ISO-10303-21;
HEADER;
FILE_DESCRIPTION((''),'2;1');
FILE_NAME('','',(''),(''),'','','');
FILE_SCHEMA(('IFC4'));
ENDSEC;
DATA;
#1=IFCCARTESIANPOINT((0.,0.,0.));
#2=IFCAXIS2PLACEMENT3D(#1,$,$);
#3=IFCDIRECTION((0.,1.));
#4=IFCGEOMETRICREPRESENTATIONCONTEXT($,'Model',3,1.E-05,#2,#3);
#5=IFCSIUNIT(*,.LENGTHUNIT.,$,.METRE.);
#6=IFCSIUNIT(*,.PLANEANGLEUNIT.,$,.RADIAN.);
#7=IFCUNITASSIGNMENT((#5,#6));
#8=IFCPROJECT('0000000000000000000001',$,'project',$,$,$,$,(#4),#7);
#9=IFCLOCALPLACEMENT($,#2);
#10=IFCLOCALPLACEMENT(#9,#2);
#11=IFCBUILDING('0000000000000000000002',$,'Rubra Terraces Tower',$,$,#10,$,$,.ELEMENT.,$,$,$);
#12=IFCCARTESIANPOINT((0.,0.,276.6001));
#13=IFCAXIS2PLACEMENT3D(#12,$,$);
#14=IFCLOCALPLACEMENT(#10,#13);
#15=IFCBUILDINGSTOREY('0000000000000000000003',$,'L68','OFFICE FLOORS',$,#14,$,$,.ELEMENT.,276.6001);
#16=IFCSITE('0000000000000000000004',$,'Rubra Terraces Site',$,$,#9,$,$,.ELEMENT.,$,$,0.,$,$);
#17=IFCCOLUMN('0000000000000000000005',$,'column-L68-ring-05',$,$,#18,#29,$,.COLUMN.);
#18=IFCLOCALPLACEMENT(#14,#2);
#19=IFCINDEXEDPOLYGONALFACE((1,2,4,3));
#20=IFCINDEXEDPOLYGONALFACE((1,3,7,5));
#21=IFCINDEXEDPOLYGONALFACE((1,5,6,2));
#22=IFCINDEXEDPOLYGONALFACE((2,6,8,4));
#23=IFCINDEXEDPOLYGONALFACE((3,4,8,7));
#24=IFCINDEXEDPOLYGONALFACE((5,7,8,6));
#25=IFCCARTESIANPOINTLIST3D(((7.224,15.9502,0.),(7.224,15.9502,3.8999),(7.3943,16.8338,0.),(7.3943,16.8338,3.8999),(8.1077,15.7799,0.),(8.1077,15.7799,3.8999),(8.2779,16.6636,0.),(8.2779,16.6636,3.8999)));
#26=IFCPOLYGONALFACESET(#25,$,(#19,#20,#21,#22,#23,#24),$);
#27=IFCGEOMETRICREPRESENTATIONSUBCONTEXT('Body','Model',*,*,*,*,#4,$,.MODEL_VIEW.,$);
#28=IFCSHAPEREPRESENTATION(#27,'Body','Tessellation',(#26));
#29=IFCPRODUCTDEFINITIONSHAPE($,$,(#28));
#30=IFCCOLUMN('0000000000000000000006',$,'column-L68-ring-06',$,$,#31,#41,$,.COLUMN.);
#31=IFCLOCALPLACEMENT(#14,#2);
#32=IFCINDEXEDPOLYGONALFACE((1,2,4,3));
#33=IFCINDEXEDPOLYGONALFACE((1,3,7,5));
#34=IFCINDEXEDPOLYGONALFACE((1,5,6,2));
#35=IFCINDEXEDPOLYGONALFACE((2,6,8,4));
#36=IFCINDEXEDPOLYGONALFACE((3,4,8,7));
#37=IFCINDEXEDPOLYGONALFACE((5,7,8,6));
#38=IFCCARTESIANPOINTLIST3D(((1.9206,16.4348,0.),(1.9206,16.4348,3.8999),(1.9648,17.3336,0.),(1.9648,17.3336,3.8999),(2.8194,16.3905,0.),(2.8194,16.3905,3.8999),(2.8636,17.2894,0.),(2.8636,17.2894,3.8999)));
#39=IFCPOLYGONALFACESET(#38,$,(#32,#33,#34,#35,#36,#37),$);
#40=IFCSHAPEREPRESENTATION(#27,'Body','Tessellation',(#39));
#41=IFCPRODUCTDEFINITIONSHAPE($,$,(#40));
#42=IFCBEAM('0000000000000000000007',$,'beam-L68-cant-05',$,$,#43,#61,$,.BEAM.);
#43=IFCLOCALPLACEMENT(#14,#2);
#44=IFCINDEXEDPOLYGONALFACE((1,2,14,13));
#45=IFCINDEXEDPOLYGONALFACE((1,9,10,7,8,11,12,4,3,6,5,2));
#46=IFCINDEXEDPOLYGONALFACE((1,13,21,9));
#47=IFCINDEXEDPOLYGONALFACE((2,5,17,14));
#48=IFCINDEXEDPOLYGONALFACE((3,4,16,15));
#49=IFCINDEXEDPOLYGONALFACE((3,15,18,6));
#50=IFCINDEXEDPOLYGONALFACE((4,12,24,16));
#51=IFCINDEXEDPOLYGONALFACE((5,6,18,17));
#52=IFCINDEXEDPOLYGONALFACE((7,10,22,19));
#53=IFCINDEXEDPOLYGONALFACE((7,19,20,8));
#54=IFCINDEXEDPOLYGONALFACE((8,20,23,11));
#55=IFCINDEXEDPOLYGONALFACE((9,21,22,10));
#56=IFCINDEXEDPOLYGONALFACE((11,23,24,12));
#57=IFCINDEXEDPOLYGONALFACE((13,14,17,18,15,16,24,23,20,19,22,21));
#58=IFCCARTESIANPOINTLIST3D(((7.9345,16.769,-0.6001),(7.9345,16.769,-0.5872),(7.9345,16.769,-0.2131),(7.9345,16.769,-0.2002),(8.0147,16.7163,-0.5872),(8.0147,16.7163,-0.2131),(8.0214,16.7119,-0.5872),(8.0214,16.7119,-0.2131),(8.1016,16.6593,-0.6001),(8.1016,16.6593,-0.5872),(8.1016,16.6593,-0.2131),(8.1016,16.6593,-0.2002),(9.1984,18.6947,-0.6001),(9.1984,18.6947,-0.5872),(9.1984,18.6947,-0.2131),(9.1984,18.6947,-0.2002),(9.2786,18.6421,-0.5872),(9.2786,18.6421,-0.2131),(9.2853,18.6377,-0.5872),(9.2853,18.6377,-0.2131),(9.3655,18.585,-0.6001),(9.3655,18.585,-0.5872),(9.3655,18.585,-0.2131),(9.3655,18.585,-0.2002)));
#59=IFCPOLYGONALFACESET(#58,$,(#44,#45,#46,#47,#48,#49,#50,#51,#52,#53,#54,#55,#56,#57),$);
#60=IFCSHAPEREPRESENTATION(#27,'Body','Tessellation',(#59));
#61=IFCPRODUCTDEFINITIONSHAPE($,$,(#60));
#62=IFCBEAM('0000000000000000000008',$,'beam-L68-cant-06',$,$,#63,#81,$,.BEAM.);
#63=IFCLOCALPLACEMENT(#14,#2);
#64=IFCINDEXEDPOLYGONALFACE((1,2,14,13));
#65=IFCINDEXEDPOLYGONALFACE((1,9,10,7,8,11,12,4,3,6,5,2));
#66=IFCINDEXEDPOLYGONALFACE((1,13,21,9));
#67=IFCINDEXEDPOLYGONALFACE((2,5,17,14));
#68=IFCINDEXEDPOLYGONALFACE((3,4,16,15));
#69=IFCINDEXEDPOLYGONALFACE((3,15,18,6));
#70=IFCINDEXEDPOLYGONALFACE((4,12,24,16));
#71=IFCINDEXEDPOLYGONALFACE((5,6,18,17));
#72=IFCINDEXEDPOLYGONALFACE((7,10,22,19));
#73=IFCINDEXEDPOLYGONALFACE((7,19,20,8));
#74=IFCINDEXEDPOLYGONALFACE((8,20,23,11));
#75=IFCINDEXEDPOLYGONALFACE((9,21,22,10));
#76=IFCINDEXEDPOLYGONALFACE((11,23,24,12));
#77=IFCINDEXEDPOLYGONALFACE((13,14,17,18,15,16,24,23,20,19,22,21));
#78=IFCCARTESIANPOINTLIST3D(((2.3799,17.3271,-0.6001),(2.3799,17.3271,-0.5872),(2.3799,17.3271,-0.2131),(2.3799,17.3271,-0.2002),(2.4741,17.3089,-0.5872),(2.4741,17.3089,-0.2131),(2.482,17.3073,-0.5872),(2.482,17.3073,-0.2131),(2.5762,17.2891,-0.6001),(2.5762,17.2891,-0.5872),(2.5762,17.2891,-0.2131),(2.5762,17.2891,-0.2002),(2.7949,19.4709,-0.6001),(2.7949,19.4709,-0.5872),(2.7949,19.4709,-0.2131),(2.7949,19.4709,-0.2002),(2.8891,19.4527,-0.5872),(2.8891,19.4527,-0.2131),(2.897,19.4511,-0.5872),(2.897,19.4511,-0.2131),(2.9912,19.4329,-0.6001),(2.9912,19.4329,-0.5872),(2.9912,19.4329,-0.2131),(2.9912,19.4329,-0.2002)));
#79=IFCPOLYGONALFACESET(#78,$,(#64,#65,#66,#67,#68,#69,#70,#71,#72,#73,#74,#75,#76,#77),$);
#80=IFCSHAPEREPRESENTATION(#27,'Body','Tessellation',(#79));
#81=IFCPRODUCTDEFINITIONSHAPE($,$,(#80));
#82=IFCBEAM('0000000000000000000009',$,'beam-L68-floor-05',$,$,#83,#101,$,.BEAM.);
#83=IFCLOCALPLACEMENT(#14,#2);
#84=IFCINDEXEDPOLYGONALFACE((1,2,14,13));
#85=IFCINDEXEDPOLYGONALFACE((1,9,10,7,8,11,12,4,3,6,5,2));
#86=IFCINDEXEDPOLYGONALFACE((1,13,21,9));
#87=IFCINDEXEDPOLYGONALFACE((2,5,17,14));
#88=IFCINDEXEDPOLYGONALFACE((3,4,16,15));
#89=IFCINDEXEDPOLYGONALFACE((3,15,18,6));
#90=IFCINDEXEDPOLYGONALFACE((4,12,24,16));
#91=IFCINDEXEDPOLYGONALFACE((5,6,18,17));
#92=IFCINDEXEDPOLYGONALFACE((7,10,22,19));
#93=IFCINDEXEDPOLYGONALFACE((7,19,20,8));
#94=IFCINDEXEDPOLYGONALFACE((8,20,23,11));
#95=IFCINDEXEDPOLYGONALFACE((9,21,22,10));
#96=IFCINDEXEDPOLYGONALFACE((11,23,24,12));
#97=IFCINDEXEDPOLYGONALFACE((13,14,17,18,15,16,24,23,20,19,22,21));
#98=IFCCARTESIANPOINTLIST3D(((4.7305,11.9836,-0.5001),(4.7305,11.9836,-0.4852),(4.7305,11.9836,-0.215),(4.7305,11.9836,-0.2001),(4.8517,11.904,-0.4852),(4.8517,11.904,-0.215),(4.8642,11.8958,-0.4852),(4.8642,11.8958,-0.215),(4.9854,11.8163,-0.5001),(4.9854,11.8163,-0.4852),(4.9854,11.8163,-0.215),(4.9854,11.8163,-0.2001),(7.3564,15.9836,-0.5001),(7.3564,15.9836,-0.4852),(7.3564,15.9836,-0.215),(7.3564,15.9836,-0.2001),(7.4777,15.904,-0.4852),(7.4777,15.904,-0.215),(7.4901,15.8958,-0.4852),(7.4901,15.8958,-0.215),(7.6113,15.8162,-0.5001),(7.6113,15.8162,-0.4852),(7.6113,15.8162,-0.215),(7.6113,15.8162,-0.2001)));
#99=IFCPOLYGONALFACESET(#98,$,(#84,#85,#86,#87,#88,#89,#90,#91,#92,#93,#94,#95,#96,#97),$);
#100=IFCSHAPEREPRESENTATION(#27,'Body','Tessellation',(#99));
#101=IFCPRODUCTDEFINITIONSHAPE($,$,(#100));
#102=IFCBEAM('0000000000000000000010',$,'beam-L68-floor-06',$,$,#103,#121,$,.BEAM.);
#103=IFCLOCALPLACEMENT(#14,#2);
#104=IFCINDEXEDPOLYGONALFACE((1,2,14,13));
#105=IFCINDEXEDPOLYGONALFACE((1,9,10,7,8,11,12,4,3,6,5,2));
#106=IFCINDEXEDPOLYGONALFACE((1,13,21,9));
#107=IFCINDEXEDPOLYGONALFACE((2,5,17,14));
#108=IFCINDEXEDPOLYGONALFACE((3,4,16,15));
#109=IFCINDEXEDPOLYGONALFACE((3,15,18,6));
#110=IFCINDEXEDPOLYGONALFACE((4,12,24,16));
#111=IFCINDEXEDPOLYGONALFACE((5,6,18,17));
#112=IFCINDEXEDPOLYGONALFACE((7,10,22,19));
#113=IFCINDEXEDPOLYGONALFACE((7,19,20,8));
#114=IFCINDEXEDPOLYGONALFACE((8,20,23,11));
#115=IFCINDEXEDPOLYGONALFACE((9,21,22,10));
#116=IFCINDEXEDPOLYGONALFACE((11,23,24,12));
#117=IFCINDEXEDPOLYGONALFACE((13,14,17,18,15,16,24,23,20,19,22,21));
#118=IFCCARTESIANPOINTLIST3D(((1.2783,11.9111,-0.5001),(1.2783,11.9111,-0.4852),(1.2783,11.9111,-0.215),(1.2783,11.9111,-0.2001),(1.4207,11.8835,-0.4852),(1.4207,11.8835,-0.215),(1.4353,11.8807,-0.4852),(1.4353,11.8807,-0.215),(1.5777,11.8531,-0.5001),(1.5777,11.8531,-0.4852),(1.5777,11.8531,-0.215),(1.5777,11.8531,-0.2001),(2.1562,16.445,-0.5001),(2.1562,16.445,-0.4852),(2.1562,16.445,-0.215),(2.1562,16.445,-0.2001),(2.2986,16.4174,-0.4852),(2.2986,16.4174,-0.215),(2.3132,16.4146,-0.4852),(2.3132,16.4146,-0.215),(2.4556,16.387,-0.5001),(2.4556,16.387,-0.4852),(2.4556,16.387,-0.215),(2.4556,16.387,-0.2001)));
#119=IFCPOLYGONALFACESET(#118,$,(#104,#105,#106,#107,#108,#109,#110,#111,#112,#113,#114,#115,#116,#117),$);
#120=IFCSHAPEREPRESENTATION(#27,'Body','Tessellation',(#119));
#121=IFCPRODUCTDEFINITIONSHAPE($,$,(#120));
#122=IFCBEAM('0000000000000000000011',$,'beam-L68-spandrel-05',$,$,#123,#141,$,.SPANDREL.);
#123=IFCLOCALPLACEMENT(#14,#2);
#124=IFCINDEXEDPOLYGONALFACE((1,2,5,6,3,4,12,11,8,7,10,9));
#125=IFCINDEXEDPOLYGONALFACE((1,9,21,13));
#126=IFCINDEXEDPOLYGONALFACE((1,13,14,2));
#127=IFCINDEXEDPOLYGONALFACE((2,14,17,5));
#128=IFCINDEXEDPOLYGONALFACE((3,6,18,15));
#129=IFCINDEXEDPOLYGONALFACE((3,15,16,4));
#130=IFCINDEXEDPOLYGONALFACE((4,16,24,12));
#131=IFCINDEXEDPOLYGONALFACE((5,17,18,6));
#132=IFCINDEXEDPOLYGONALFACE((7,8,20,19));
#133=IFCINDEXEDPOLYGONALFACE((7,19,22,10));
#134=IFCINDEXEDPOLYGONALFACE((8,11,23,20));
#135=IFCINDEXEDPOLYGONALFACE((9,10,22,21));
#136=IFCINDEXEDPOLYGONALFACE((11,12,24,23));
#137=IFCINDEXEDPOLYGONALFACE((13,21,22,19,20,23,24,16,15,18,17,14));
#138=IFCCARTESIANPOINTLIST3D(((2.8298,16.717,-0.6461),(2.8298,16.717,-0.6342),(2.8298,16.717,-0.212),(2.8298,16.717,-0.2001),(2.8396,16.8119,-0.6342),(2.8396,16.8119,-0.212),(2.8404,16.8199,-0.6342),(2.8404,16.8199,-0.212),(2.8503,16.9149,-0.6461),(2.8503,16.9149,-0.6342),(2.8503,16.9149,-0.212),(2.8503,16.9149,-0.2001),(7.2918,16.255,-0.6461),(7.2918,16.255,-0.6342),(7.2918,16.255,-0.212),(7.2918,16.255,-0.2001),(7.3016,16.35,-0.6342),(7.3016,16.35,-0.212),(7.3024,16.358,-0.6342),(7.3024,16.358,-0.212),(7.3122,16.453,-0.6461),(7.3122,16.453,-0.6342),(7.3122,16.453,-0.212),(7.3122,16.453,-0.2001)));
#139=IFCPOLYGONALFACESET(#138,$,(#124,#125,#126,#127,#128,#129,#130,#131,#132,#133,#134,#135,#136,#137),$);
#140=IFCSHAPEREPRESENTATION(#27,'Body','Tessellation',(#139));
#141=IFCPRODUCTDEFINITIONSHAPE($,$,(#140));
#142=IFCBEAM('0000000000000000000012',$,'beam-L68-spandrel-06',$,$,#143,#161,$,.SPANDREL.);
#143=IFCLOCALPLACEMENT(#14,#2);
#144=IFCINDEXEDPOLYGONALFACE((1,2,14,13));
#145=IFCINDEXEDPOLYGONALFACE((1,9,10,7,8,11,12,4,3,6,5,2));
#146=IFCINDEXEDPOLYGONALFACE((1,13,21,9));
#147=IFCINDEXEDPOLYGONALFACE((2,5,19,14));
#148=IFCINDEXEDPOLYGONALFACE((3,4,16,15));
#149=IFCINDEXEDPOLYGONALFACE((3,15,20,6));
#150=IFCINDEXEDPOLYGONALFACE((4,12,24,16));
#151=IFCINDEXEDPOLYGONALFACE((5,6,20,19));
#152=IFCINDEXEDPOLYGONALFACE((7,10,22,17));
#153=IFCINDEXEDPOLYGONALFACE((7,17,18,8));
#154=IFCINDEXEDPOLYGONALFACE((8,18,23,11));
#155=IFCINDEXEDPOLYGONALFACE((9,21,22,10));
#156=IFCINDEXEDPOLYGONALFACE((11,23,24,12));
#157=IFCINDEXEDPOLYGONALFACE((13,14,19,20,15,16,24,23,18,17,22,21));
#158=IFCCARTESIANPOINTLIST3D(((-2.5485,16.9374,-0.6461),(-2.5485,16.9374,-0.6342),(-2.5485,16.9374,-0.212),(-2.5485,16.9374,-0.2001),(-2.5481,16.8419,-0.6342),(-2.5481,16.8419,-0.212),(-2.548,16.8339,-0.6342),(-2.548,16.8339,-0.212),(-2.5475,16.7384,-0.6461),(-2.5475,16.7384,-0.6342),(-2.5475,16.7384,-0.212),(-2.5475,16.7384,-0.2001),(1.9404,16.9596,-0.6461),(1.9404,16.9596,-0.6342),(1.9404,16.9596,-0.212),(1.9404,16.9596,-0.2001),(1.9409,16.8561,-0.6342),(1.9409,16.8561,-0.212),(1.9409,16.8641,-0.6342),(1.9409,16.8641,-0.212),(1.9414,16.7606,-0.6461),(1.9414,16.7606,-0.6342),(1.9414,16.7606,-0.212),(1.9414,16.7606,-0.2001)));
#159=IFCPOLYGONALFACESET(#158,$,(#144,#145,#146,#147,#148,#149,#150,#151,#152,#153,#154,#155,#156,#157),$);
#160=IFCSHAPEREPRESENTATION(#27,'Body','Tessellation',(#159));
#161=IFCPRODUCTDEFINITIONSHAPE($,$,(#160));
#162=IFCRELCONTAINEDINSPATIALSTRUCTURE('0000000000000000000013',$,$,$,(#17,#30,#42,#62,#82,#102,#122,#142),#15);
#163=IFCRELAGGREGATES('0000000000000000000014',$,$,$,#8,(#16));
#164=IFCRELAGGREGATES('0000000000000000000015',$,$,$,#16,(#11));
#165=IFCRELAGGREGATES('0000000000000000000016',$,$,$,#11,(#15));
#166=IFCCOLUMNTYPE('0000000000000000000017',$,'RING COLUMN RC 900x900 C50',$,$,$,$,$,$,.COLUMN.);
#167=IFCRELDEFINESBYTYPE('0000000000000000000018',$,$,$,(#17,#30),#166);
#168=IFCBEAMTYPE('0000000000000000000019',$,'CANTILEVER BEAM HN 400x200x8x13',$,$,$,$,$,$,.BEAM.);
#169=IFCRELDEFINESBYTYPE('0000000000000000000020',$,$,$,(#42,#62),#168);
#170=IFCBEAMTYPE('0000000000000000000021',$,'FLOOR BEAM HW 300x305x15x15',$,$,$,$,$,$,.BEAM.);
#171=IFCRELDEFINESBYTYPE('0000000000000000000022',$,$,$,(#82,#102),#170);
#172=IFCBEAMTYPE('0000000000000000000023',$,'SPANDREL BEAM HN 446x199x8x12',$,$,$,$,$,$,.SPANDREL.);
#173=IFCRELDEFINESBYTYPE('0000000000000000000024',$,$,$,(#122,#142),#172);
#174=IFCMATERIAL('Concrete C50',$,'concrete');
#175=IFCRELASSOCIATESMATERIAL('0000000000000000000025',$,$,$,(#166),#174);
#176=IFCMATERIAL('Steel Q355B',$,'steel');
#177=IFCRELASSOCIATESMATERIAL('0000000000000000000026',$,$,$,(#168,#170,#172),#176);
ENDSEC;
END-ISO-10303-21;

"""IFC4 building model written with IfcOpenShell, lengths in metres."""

from ifc_helpers import new_model, si_unit, direction, frame, origin, origin_2d, place, context, subcontext, project, spatial, rectangle, i_section, extrude, material, material_profile, profile_set, type_object, element, save


model = new_model("IFC4")

# Units and contexts
model_context = context("Model", 3, precision=1e-05, world=origin(), true_north=direction((0.0, 1.0)))
body_context = subcontext(model_context, "Body", "Model", "MODEL_VIEW")
ifc_project = project(units=[si_unit("LENGTHUNIT", "METRE"), si_unit("PLANEANGLEUNIT", "RADIAN")], contexts=[model_context])

# Site, building, storey
site_placement = place(None, origin())
site = spatial("IfcSite", under=ifc_project, at=site_placement, Name="Rubra Terraces Site", CompositionType="ELEMENT", RefElevation=0.0)
building_placement = place(site_placement, origin())
building = spatial("IfcBuilding", under=site, at=building_placement, Name="Rubra Terraces Tower", CompositionType="ELEMENT")
storey_placement = place(building_placement, frame((0.0, 0.0, 276.6001)))
storey = spatial("IfcBuildingStorey", under=building, at=storey_placement, Name="L68", Description="OFFICE FLOORS", CompositionType="ELEMENT", Elevation=276.6001)

# Columns
ifc_material_1 = material(Name="Concrete C50", Category="concrete")
ifc_material_profile_1 = material_profile(ifc_material_1, rectangle(XDim=0.8999, YDim=0.8999, at=origin_2d()), Name="RC 900x900")
ifc_profile_set_1 = profile_set([ifc_material_profile_1], Name="Concrete C50")
column_type = type_object("IfcColumnType", Name="RING COLUMN RC 900x900 C50", PredefinedType="COLUMN", material=ifc_profile_set_1)
for number, where, z_axis, x_axis, name in (
    (1, (7.751, 16.3069, 0.0), (0.0, 0.0, 1.0), (-0.981937, 0.18921, 0.0), "column-L68-ring-05"),
    (2, (2.3921, 16.8621, 0.0), (0.0, 0.0, 1.0), (-0.998791, 0.04915, 0.0), "column-L68-ring-06"),
):
    element("IfcColumn", number, at=place(storey_placement, frame(where, z_axis=z_axis, x_axis=x_axis)), inside=storey, type_object=column_type, Name=name, PredefinedType="COLUMN", context=body_context, shape_type="SweptSolid", body=[
        extrude(rectangle(XDim=0.8999, YDim=0.8999, at=origin_2d()), origin(), (0.0, 0.0, 1.0), 3.8999),
    ])

# Beams
ifc_material_2 = material(Name="Steel Q355B", Category="steel")
ifc_material_profile_2 = material_profile(ifc_material_2, i_section(OverallWidth=0.2, OverallDepth=0.3999, WebThickness=0.0081, FlangeThickness=0.0129, at=origin_2d()), Name="HN 400x200x8x13")
ifc_profile_set_2 = profile_set([ifc_material_profile_2], Name="Steel Q355B")
beam_type_1 = type_object("IfcBeamType", Name="CANTILEVER BEAM HN 400x200x8x13", PredefinedType="BEAM", material=ifc_profile_set_2)
beam_1_placement = place(storey_placement, frame((8.0181, 16.7141, -0.4001), z_axis=(0.548693, 0.836024, 0.0), x_axis=(-0.836024, 0.548693, 0.0)))
element("IfcBeam", 3, at=beam_1_placement, inside=storey, type_object=beam_type_1, Name="beam-L68-cant-05", PredefinedType="BEAM", context=body_context, shape_type="SweptSolid", body=[
    extrude(i_section(OverallWidth=0.2, OverallDepth=0.3999, WebThickness=0.0081, FlangeThickness=0.0129, at=origin_2d()), origin(), (0.0, 0.0, 1.0), 2.3035),
])
beam_2_placement = place(storey_placement, frame((2.478, 17.3081, -0.4001), z_axis=(0.190071, 0.98177, 0.0), x_axis=(-0.98177, 0.190071, 0.0)))
element("IfcBeam", 4, at=beam_2_placement, inside=storey, type_object=beam_type_1, Name="beam-L68-cant-06", PredefinedType="BEAM", context=body_context, shape_type="SweptSolid", body=[
    extrude(i_section(OverallWidth=0.2, OverallDepth=0.3999, WebThickness=0.0081, FlangeThickness=0.0129, at=origin_2d()), origin(), (0.0, 0.0, 1.0), 2.1836),
])
ifc_material_profile_3 = material_profile(ifc_material_2, i_section(OverallWidth=0.3049, OverallDepth=0.3, WebThickness=0.0149, FlangeThickness=0.0149, at=origin_2d()), Name="HW 300x305x15x15")
ifc_profile_set_3 = profile_set([ifc_material_profile_3], Name="Steel Q355B")
beam_type_2 = type_object("IfcBeamType", Name="FLOOR BEAM HW 300x305x15x15", PredefinedType="BEAM", material=ifc_profile_set_3)
beam_3_placement = place(storey_placement, frame((7.4839, 15.8999, -0.3501), z_axis=(-0.548799, -0.835954, 0.0), x_axis=(0.835954, -0.548799, 0.0)))
element("IfcBeam", 5, at=beam_3_placement, inside=storey, type_object=beam_type_2, Name="beam-L68-floor-05", PredefinedType="BEAM", context=body_context, shape_type="SweptSolid", body=[
    extrude(i_section(OverallWidth=0.3049, OverallDepth=0.3, WebThickness=0.0149, FlangeThickness=0.0149, at=origin_2d()), origin(), (0.0, 0.0, 1.0), 4.7849),
])
beam_4_placement = place(storey_placement, frame((2.3059, 16.416, -0.3501), z_axis=(-0.190104, -0.981764, 0.0), x_axis=(0.981764, -0.190104, 0.0)))
element("IfcBeam", 6, at=beam_4_placement, inside=storey, type_object=beam_type_2, Name="beam-L68-floor-06", PredefinedType="BEAM", context=body_context, shape_type="SweptSolid", body=[
    extrude(i_section(OverallWidth=0.3049, OverallDepth=0.3, WebThickness=0.0149, FlangeThickness=0.0149, at=origin_2d()), origin(), (0.0, 0.0, 1.0), 4.6182),
])
ifc_material_profile_4 = material_profile(ifc_material_2, i_section(OverallWidth=0.199, OverallDepth=0.446, WebThickness=0.0081, FlangeThickness=0.012, at=origin_2d()), Name="HN 446x199x8x12")
ifc_profile_set_4 = profile_set([ifc_material_profile_4], Name="Steel Q355B")
beam_type_3 = type_object("IfcBeamType", Name="SPANDREL BEAM HN 446x199x8x12", PredefinedType="SPANDREL", material=ifc_profile_set_4)
beam_5_placement = place(storey_placement, frame((7.302, 16.354, -0.4231), z_axis=(-0.994684, 0.102973, 0.0), x_axis=(-0.102973, -0.994684, 0.0)))
element("IfcBeam", 7, at=beam_5_placement, inside=storey, type_object=beam_type_3, Name="beam-L68-spandrel-05", PredefinedType="SPANDREL", context=body_context, shape_type="SweptSolid", body=[
    extrude(i_section(OverallWidth=0.199, OverallDepth=0.446, WebThickness=0.0081, FlangeThickness=0.012, at=origin_2d()), origin(), (0.0, 0.0, 1.0), 4.4858),
])
beam_6_placement = place(storey_placement, frame((1.9409, 16.8601, -0.4231), z_axis=(-0.999988, -0.004949, 0.0), x_axis=(0.004949, -0.999988, 0.0)))
element("IfcBeam", 8, at=beam_6_placement, inside=storey, type_object=beam_type_3, Name="beam-L68-spandrel-06", PredefinedType="SPANDREL", context=body_context, shape_type="SweptSolid", body=[
    extrude(i_section(OverallWidth=0.199, OverallDepth=0.446, WebThickness=0.0081, FlangeThickness=0.012, at=origin_2d()), origin(), (0.0, 0.0, 1.0), 4.489),
])

save(model, "model.ifc")
